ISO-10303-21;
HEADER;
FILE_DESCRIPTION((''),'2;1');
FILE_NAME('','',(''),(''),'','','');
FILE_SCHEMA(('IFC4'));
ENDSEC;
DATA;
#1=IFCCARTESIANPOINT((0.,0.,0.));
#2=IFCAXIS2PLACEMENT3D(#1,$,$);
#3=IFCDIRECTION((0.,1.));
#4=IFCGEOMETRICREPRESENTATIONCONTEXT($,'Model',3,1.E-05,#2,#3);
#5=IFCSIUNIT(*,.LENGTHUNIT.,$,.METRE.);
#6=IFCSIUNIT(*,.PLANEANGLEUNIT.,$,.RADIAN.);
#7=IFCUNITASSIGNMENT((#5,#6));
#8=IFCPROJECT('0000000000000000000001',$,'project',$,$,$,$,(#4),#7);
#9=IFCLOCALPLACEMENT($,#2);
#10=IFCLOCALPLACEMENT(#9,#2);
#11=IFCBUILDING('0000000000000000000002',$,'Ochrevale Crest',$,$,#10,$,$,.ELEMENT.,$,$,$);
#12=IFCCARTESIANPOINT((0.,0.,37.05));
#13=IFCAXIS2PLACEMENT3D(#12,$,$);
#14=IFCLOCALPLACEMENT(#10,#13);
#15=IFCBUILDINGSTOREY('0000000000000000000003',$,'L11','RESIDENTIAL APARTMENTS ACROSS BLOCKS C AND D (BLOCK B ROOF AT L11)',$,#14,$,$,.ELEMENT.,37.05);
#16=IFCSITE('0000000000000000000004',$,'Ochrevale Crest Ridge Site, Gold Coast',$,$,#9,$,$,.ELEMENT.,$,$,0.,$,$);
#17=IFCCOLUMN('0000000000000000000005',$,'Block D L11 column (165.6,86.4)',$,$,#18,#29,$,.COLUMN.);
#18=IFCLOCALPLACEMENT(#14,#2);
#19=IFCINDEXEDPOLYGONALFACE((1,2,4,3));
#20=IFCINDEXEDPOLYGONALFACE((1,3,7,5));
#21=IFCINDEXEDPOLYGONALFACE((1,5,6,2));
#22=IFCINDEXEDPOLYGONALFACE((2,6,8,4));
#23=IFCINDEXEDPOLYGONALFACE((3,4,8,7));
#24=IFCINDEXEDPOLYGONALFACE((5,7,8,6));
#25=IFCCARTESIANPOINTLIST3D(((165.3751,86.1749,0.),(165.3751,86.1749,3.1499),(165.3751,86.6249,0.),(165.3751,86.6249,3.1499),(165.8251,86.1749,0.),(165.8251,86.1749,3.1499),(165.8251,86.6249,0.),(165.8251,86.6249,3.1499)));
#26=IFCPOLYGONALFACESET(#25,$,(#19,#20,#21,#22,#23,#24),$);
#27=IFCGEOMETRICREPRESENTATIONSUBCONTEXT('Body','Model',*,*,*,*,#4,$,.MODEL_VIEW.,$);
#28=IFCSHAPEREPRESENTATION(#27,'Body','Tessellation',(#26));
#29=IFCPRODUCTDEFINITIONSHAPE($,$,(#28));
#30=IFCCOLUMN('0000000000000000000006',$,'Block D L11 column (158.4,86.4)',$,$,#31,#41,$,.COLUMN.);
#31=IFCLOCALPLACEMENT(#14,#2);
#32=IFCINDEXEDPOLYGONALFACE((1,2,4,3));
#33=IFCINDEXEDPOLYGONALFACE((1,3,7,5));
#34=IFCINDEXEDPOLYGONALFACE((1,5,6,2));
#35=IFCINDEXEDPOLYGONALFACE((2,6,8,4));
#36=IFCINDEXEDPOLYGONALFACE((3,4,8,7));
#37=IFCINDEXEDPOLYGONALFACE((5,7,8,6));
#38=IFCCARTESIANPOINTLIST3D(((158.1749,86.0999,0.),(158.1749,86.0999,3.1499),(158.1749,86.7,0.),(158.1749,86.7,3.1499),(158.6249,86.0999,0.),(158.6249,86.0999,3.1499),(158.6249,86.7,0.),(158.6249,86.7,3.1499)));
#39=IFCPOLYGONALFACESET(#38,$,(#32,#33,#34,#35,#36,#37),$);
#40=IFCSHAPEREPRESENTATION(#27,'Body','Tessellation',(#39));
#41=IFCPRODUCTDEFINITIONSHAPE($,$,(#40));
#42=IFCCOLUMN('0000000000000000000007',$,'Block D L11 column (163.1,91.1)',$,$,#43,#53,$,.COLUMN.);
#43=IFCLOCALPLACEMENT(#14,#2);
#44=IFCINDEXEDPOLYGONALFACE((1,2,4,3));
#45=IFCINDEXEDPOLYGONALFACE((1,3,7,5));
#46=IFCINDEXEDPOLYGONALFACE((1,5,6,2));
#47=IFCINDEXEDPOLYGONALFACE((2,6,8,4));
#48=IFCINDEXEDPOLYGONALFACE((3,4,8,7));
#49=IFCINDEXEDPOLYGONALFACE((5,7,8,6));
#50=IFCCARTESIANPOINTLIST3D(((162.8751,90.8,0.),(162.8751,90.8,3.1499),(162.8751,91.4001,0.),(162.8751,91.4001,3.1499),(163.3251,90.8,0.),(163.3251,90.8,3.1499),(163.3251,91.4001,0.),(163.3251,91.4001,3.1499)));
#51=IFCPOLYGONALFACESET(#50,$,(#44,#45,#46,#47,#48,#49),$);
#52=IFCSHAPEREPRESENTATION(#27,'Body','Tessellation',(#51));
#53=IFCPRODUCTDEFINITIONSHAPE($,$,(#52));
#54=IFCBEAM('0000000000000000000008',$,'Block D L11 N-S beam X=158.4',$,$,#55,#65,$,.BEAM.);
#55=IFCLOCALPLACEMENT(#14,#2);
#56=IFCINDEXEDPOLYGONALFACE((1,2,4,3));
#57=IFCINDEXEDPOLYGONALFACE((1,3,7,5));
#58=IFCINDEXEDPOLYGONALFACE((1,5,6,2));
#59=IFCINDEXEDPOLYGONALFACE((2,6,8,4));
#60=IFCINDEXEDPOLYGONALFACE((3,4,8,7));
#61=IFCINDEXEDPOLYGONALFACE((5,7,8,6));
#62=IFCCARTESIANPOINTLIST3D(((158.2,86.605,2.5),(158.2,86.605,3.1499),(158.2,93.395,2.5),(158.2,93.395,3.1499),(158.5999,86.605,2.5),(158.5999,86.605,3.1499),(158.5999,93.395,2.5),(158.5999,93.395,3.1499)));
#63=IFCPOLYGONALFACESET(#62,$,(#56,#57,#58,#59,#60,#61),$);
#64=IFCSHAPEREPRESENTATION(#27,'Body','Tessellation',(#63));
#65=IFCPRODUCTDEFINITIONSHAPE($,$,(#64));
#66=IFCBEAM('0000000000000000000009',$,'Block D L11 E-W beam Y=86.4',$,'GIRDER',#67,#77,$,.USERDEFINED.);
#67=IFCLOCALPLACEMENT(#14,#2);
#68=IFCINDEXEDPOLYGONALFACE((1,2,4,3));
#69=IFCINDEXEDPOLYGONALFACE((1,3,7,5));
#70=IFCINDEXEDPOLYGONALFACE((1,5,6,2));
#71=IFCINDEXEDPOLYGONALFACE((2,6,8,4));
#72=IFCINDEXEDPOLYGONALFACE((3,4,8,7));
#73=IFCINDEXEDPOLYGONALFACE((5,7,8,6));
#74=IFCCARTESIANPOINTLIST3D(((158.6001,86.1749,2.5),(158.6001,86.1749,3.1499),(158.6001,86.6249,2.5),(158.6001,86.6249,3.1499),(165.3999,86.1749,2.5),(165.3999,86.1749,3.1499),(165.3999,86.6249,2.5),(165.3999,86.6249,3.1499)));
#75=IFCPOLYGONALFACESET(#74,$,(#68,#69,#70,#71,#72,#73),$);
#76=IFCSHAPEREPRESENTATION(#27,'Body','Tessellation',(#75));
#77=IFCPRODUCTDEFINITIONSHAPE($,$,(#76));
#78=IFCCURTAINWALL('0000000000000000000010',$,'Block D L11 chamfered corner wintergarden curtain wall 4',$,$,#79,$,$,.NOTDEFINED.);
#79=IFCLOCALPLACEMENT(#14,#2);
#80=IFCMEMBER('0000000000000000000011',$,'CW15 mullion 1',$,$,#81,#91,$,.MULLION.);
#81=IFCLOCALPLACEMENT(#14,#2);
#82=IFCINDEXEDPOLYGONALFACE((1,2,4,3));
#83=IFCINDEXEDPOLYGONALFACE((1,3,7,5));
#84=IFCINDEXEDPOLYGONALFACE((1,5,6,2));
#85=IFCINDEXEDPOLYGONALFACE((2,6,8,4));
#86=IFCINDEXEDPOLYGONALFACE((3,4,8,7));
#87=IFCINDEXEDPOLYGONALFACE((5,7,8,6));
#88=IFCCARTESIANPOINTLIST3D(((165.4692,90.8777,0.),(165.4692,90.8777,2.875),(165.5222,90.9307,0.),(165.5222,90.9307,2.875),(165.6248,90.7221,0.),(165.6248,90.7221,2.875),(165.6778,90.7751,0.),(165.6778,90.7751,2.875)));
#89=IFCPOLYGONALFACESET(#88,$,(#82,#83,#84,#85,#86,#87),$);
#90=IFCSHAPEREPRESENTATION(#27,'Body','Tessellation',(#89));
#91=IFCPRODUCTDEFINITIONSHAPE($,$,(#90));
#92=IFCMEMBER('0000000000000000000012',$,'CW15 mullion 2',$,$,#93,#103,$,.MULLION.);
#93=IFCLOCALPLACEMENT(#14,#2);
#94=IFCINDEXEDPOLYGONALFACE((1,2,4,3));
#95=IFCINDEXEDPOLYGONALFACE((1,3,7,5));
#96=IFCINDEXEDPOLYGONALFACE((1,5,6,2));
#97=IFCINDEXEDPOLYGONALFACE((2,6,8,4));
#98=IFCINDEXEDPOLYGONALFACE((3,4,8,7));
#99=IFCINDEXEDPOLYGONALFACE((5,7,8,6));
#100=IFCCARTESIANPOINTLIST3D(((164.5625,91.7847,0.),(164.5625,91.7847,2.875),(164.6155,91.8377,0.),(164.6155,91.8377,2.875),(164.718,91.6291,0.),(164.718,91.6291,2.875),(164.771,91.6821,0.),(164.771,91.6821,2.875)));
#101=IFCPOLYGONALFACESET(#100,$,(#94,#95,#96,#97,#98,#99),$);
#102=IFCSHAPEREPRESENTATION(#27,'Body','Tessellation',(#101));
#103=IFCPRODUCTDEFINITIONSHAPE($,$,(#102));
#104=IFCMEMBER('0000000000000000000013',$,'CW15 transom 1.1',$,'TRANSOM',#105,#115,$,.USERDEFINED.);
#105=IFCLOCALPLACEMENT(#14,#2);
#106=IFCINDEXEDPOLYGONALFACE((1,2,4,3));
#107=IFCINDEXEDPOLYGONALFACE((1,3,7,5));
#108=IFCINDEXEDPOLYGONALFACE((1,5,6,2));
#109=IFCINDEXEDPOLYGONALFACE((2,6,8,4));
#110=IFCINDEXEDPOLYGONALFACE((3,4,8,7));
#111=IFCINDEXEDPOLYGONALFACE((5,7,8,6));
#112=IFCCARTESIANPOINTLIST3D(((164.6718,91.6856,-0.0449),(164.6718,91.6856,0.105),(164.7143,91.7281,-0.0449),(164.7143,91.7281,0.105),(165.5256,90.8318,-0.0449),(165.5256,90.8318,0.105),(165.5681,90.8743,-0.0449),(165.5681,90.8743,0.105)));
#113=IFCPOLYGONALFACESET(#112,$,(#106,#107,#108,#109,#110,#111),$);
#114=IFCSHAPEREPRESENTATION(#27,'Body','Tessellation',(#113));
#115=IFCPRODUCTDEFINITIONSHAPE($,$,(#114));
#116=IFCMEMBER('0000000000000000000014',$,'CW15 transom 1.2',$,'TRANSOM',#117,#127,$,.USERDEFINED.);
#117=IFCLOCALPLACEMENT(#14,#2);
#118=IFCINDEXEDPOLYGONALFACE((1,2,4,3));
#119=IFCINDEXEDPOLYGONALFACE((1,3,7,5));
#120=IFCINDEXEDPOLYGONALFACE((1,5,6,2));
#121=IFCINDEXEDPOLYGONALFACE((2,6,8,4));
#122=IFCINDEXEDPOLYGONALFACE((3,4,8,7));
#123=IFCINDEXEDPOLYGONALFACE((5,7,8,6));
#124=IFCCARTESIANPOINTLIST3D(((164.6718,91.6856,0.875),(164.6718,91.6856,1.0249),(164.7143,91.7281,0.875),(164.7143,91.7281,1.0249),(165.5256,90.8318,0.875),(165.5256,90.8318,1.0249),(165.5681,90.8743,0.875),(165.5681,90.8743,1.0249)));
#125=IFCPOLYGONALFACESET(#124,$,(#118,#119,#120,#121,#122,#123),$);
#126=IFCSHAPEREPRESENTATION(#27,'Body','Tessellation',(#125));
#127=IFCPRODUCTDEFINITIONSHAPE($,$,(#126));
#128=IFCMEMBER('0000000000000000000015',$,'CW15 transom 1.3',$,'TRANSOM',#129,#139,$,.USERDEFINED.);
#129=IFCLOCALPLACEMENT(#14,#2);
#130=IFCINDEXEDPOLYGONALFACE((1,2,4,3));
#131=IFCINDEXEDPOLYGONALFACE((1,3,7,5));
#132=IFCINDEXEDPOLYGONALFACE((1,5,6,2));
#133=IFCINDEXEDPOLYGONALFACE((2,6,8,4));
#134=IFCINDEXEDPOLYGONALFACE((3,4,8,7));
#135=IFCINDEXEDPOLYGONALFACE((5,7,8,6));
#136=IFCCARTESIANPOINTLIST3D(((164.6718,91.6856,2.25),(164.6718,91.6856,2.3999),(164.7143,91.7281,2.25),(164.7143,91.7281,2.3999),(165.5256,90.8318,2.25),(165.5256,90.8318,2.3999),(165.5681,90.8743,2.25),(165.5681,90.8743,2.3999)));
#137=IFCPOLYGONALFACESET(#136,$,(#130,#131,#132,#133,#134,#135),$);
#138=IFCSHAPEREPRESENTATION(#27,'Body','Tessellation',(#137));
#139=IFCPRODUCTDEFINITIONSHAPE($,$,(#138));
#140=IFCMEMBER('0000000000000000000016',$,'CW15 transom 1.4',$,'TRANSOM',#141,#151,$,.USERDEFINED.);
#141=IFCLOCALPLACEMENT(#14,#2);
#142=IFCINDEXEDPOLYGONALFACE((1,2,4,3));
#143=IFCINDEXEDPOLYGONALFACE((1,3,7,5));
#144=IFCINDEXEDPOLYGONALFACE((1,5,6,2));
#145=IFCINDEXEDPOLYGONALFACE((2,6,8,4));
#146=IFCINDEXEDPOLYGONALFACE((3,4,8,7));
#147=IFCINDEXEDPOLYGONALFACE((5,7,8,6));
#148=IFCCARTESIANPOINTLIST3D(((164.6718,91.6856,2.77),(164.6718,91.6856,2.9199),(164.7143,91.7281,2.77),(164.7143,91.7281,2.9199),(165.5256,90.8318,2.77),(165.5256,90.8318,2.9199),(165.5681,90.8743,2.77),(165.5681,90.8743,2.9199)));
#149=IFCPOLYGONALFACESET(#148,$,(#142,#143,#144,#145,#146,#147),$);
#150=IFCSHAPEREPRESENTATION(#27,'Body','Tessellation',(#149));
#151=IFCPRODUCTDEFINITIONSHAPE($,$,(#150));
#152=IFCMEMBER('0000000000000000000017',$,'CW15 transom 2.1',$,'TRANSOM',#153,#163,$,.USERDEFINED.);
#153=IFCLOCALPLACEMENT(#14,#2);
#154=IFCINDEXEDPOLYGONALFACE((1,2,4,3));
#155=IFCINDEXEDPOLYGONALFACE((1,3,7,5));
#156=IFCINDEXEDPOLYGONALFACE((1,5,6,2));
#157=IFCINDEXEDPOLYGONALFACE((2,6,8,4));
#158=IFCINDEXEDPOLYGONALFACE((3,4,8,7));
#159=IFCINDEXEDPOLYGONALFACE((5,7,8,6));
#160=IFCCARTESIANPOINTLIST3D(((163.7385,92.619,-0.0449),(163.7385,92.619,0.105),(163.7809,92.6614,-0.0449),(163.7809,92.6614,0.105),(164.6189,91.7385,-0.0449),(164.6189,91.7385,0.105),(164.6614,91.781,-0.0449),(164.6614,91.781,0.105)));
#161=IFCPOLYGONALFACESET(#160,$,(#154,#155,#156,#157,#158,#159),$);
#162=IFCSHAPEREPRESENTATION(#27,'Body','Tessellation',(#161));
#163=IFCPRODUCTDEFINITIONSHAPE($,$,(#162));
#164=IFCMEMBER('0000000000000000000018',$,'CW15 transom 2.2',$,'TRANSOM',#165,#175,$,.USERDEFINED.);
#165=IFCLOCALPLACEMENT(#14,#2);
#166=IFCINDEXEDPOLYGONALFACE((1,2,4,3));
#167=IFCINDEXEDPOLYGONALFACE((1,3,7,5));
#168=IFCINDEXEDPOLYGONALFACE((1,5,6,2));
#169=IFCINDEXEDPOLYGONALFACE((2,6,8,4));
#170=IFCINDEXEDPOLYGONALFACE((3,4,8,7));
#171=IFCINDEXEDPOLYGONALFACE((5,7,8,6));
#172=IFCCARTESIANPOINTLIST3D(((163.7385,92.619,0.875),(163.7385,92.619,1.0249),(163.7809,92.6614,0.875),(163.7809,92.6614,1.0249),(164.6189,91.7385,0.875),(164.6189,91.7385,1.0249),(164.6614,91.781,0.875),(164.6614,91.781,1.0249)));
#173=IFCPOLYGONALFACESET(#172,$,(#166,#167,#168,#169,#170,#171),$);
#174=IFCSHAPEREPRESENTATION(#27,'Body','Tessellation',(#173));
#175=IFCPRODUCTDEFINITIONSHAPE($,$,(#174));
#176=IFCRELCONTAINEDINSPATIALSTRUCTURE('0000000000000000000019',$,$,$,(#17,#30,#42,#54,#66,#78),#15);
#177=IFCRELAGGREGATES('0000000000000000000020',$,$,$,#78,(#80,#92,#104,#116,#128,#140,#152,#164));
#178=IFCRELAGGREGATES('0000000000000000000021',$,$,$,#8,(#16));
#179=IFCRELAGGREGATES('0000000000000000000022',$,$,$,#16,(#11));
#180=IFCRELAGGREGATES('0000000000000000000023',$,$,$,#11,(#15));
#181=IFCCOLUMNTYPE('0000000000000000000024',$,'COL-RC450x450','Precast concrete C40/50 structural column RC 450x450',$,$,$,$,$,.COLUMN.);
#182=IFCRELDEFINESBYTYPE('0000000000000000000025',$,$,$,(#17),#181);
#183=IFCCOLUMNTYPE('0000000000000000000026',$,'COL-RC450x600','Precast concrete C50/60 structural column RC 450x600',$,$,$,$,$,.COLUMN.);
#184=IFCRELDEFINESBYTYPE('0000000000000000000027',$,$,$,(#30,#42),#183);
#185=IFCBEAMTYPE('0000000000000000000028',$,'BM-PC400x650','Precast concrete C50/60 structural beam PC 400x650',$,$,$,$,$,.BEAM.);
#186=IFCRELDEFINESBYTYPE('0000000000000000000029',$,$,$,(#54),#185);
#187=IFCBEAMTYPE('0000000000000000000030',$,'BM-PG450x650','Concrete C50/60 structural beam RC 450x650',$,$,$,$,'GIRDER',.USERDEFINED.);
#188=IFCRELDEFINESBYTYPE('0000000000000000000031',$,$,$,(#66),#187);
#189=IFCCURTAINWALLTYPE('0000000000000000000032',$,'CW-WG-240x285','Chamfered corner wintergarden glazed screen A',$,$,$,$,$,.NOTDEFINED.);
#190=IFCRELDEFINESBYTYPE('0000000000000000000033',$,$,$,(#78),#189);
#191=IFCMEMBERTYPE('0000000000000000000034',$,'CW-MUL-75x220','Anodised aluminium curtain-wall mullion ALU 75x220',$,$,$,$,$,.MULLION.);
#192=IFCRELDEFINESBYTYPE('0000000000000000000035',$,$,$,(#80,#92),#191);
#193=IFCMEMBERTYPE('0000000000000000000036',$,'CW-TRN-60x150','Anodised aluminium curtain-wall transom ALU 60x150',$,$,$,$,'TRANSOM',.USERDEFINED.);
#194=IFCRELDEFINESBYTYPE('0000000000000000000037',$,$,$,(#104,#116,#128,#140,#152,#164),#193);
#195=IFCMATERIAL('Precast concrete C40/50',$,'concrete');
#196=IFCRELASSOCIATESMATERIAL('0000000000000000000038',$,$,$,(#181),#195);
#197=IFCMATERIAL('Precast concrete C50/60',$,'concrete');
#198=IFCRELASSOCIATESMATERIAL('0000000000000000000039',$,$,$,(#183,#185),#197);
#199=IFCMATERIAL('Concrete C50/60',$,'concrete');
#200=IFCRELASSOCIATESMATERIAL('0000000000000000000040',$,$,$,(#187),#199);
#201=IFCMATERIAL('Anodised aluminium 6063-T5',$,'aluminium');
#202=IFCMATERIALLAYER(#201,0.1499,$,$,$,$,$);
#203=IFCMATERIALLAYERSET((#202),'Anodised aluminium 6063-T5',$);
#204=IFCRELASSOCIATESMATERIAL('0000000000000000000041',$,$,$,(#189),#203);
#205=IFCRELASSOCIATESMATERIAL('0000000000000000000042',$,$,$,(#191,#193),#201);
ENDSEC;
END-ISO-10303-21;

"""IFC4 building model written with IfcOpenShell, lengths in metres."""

from ifc_helpers import new_model, si_unit, direction, frame, origin, origin_2d, place, context, subcontext, project, spatial, rectangle, extrude, material, layer, layer_set, material_profile, profile_set, type_object, element, aggregate, save


model = new_model("IFC4")

# Units and contexts
model_context = context("Model", 3, precision=1e-05, world=origin(), true_north=direction((0.0, 1.0)))
body_context = subcontext(model_context, "Body", "Model", "MODEL_VIEW")
ifc_project = project(units=[si_unit("LENGTHUNIT", "METRE"), si_unit("PLANEANGLEUNIT", "RADIAN")], contexts=[model_context])

# Site, building, storey
site_placement = place(None, origin())
site = spatial("IfcSite", under=ifc_project, at=site_placement, Name="Ochrevale Crest Ridge Site, Gold Coast", CompositionType="ELEMENT", RefElevation=0.0)
building_placement = place(site_placement, origin())
building = spatial("IfcBuilding", under=site, at=building_placement, Name="Ochrevale Crest", CompositionType="ELEMENT")
storey_placement = place(building_placement, frame((0.0, 0.0, 37.05)))
storey = spatial("IfcBuildingStorey", under=building, at=storey_placement, Name="L11", Description="RESIDENTIAL APARTMENTS ACROSS BLOCKS C AND D (BLOCK B ROOF AT L11)", CompositionType="ELEMENT", Elevation=37.05)

# Columns
ifc_material_1 = material(Name="Precast concrete C40/50", Category="concrete")
ifc_material_profile_1 = material_profile(ifc_material_1, rectangle(XDim=0.45, YDim=0.45, at=origin_2d()), Name="RC 450x450")
ifc_profile_set_1 = profile_set([ifc_material_profile_1], Name="Precast concrete C40/50")
column_type_1 = type_object("IfcColumnType", Name="COL-RC450x450", Description="Precast concrete C40/50 structural column RC 450x450", PredefinedType="COLUMN", material=ifc_profile_set_1)
column_placement = place(storey_placement, frame((165.6001, 86.3999, 0.0), z_axis=(0.0, 0.0, 1.0), x_axis=(1.0, 0.0, 0.0)))
element("IfcColumn", 1, at=column_placement, inside=storey, type_object=column_type_1, Name="Block D L11 column (165.6,86.4)", PredefinedType="COLUMN", context=body_context, shape_type="SweptSolid", body=[
    extrude(rectangle(XDim=0.45, YDim=0.45, at=origin_2d()), origin(), (0.0, 0.0, 1.0), 3.1499),
])
ifc_material_2 = material(Name="Precast concrete C50/60", Category="concrete")
ifc_material_profile_2 = material_profile(ifc_material_2, rectangle(XDim=0.45, YDim=0.6001, at=origin_2d()), Name="RC 450x600")
ifc_profile_set_2 = profile_set([ifc_material_profile_2], Name="Precast concrete C50/60")
column_type_2 = type_object("IfcColumnType", Name="COL-RC450x600", Description="Precast concrete C50/60 structural column RC 450x600", PredefinedType="COLUMN", material=ifc_profile_set_2)
for number, where, z_axis, x_axis, name in (
    (2, (158.3999, 86.3999, 0.0), (0.0, 0.0, 1.0), (1.0, 0.0, 0.0), "Block D L11 column (158.4,86.4)"),
    (3, (163.1001, 91.1001, 0.0), (0.0, 0.0, 1.0), (1.0, 0.0, 0.0), "Block D L11 column (163.1,91.1)"),
):
    element("IfcColumn", number, at=place(storey_placement, frame(where, z_axis=z_axis, x_axis=x_axis)), inside=storey, type_object=column_type_2, Name=name, PredefinedType="COLUMN", context=body_context, shape_type="SweptSolid", body=[
        extrude(rectangle(XDim=0.45, YDim=0.6001, at=origin_2d()), origin(), (0.0, 0.0, 1.0), 3.1499),
    ])

# Beams
ifc_material_profile_3 = material_profile(ifc_material_2, rectangle(XDim=0.3999, YDim=0.6499, at=origin_2d()), Name="PC 400x650")
ifc_profile_set_3 = profile_set([ifc_material_profile_3], Name="Precast concrete C50/60")
beam_type_1 = type_object("IfcBeamType", Name="BM-PC400x650", Description="Precast concrete C50/60 structural beam PC 400x650", PredefinedType="BEAM", material=ifc_profile_set_3)
beam_1_placement = place(storey_placement, frame((158.3999, 86.605, 2.825), z_axis=(0.0, 1.0, 0.0), x_axis=(-1.0, 0.0, 0.0)))
element("IfcBeam", 4, at=beam_1_placement, inside=storey, type_object=beam_type_1, Name="Block D L11 N-S beam X=158.4", PredefinedType="BEAM", context=body_context, shape_type="SweptSolid", body=[
    extrude(rectangle(XDim=0.3999, YDim=0.6499, at=origin_2d()), origin(), (0.0, 0.0, 1.0), 6.79),
])
ifc_material_3 = material(Name="Concrete C50/60", Category="concrete")
ifc_material_profile_4 = material_profile(ifc_material_3, rectangle(XDim=0.45, YDim=0.6499, at=origin_2d()), Name="RC 450x650")
ifc_profile_set_4 = profile_set([ifc_material_profile_4], Name="Concrete C50/60")
beam_type_2 = type_object("IfcBeamType", Name="BM-PG450x650", Description="Concrete C50/60 structural beam RC 450x650", ElementType="GIRDER", PredefinedType="USERDEFINED", material=ifc_profile_set_4)
beam_2_placement = place(storey_placement, frame((158.6001, 86.3999, 2.825), z_axis=(1.0, 0.0, 0.0), x_axis=(0.0, 1.0, 0.0)))
element("IfcBeam", 5, at=beam_2_placement, inside=storey, type_object=beam_type_2, Name="Block D L11 E-W beam Y=86.4", ObjectType="GIRDER", PredefinedType="USERDEFINED", context=body_context, shape_type="SweptSolid", body=[
    extrude(rectangle(XDim=0.45, YDim=0.6499, at=origin_2d()), origin(), (0.0, 0.0, 1.0), 6.7998),
])

# Curtain wall, members
ifc_material_4 = material(Name="Anodised aluminium 6063-T5", Category="aluminium")
ifc_layer_1 = layer(ifc_material_4, 0.1499)
ifc_layer_set_1 = layer_set([ifc_layer_1], Name="Anodised aluminium 6063-T5")
curtain_wall_type = type_object("IfcCurtainWallType", Name="CW-WG-240x285", Description="Chamfered corner wintergarden glazed screen A", PredefinedType="NOTDEFINED", material=ifc_layer_set_1)
curtain_wall_placement = place(storey_placement, origin())
curtain_wall = element("IfcCurtainWall", 6, at=curtain_wall_placement, inside=storey, type_object=curtain_wall_type, Name="Block D L11 chamfered corner wintergarden curtain wall 4", PredefinedType="NOTDEFINED")
ifc_material_profile_5 = material_profile(ifc_material_4, rectangle(XDim=0.075, YDim=0.22, at=origin_2d()), Name="ALU 75x220")
ifc_profile_set_5 = profile_set([ifc_material_profile_5], Name="Anodised aluminium 6063-T5")
member_type_1 = type_object("IfcMemberType", Name="CW-MUL-75x220", Description="Anodised aluminium curtain-wall mullion ALU 75x220", PredefinedType="MULLION", material=ifc_profile_set_5)
member_1_placement = place(storey_placement, frame((165.5735, 90.8264, 0.0), z_axis=(0.0, 0.0, 1.0), x_axis=(-0.707107, -0.707107, 0.0)))
member_1 = element("IfcMember", 7, at=member_1_placement, type_object=member_type_1, Name="CW15 mullion 1", PredefinedType="MULLION", context=body_context, shape_type="SweptSolid", body=[
    extrude(rectangle(XDim=0.075, YDim=0.22, at=origin_2d()), origin(), (0.0, 0.0, 1.0), 2.875),
])
member_2_placement = place(storey_placement, frame((164.6667, 91.7334, 0.0), z_axis=(0.0, 0.0, 1.0), x_axis=(-0.707107, -0.707107, 0.0)))
member_2 = element("IfcMember", 8, at=member_2_placement, type_object=member_type_1, Name="CW15 mullion 2", PredefinedType="MULLION", context=body_context, shape_type="SweptSolid", body=[
    extrude(rectangle(XDim=0.075, YDim=0.22, at=origin_2d()), origin(), (0.0, 0.0, 1.0), 2.875),
])
ifc_material_profile_6 = material_profile(ifc_material_4, rectangle(XDim=0.0601, YDim=0.1499, at=origin_2d()), Name="ALU 60x150")
ifc_profile_set_6 = profile_set([ifc_material_profile_6], Name="Anodised aluminium 6063-T5")
member_type_2 = type_object("IfcMemberType", Name="CW-TRN-60x150", Description="Anodised aluminium curtain-wall transom ALU 60x150", ElementType="TRANSOM", PredefinedType="USERDEFINED", material=ifc_profile_set_6)
member_3_placement = place(storey_placement, frame((165.5469, 90.853, 0.03), z_axis=(-0.707107, 0.707107, 0.0), x_axis=(-0.707107, -0.707107, 0.0)))
member_3 = element("IfcMember", 9, at=member_3_placement, type_object=member_type_2, Name="CW15 transom 1.1", ObjectType="TRANSOM", PredefinedType="USERDEFINED", context=body_context, shape_type="SweptSolid", body=[
    extrude(rectangle(XDim=0.0601, YDim=0.1499, at=origin_2d()), origin(), (0.0, 0.0, 1.0), 1.2075),
])
member_4_placement = place(storey_placement, frame((165.5469, 90.853, 0.95), z_axis=(-0.707107, 0.707107, 0.0), x_axis=(-0.707107, -0.707107, 0.0)))
member_4 = element("IfcMember", 10, at=member_4_placement, type_object=member_type_2, Name="CW15 transom 1.2", ObjectType="TRANSOM", PredefinedType="USERDEFINED", context=body_context, shape_type="SweptSolid", body=[
    extrude(rectangle(XDim=0.0601, YDim=0.1499, at=origin_2d()), origin(), (0.0, 0.0, 1.0), 1.2075),
])
member_5_placement = place(storey_placement, frame((165.5469, 90.853, 2.325), z_axis=(-0.707107, 0.707107, 0.0), x_axis=(-0.707107, -0.707107, 0.0)))
member_5 = element("IfcMember", 11, at=member_5_placement, type_object=member_type_2, Name="CW15 transom 1.3", ObjectType="TRANSOM", PredefinedType="USERDEFINED", context=body_context, shape_type="SweptSolid", body=[
    extrude(rectangle(XDim=0.0601, YDim=0.1499, at=origin_2d()), origin(), (0.0, 0.0, 1.0), 1.2075),
])
member_6_placement = place(storey_placement, frame((165.5469, 90.853, 2.845), z_axis=(-0.707107, 0.707107, 0.0), x_axis=(-0.707107, -0.707107, 0.0)))
member_6 = element("IfcMember", 12, at=member_6_placement, type_object=member_type_2, Name="CW15 transom 1.4", ObjectType="TRANSOM", PredefinedType="USERDEFINED", context=body_context, shape_type="SweptSolid", body=[
    extrude(rectangle(XDim=0.0601, YDim=0.1499, at=origin_2d()), origin(), (0.0, 0.0, 1.0), 1.2075),
])
member_7_placement = place(storey_placement, frame((164.6401, 91.7598, 0.03), z_axis=(-0.707107, 0.707107, 0.0), x_axis=(-0.707107, -0.707107, 0.0)))
member_7 = element("IfcMember", 13, at=member_7_placement, type_object=member_type_2, Name="CW15 transom 2.1", ObjectType="TRANSOM", PredefinedType="USERDEFINED", context=body_context, shape_type="SweptSolid", body=[
    extrude(rectangle(XDim=0.0601, YDim=0.1499, at=origin_2d()), origin(), (0.0, 0.0, 1.0), 1.2451),
])
member_8_placement = place(storey_placement, frame((164.6401, 91.7598, 0.95), z_axis=(-0.707107, 0.707107, 0.0), x_axis=(-0.707107, -0.707107, 0.0)))
member_8 = element("IfcMember", 14, at=member_8_placement, type_object=member_type_2, Name="CW15 transom 2.2", ObjectType="TRANSOM", PredefinedType="USERDEFINED", context=body_context, shape_type="SweptSolid", body=[
    extrude(rectangle(XDim=0.0601, YDim=0.1499, at=origin_2d()), origin(), (0.0, 0.0, 1.0), 1.2451),
])
aggregate(curtain_wall, [member_1, member_2, member_3, member_4, member_5, member_6, member_7, member_8])

save(model, "model.ifc")
